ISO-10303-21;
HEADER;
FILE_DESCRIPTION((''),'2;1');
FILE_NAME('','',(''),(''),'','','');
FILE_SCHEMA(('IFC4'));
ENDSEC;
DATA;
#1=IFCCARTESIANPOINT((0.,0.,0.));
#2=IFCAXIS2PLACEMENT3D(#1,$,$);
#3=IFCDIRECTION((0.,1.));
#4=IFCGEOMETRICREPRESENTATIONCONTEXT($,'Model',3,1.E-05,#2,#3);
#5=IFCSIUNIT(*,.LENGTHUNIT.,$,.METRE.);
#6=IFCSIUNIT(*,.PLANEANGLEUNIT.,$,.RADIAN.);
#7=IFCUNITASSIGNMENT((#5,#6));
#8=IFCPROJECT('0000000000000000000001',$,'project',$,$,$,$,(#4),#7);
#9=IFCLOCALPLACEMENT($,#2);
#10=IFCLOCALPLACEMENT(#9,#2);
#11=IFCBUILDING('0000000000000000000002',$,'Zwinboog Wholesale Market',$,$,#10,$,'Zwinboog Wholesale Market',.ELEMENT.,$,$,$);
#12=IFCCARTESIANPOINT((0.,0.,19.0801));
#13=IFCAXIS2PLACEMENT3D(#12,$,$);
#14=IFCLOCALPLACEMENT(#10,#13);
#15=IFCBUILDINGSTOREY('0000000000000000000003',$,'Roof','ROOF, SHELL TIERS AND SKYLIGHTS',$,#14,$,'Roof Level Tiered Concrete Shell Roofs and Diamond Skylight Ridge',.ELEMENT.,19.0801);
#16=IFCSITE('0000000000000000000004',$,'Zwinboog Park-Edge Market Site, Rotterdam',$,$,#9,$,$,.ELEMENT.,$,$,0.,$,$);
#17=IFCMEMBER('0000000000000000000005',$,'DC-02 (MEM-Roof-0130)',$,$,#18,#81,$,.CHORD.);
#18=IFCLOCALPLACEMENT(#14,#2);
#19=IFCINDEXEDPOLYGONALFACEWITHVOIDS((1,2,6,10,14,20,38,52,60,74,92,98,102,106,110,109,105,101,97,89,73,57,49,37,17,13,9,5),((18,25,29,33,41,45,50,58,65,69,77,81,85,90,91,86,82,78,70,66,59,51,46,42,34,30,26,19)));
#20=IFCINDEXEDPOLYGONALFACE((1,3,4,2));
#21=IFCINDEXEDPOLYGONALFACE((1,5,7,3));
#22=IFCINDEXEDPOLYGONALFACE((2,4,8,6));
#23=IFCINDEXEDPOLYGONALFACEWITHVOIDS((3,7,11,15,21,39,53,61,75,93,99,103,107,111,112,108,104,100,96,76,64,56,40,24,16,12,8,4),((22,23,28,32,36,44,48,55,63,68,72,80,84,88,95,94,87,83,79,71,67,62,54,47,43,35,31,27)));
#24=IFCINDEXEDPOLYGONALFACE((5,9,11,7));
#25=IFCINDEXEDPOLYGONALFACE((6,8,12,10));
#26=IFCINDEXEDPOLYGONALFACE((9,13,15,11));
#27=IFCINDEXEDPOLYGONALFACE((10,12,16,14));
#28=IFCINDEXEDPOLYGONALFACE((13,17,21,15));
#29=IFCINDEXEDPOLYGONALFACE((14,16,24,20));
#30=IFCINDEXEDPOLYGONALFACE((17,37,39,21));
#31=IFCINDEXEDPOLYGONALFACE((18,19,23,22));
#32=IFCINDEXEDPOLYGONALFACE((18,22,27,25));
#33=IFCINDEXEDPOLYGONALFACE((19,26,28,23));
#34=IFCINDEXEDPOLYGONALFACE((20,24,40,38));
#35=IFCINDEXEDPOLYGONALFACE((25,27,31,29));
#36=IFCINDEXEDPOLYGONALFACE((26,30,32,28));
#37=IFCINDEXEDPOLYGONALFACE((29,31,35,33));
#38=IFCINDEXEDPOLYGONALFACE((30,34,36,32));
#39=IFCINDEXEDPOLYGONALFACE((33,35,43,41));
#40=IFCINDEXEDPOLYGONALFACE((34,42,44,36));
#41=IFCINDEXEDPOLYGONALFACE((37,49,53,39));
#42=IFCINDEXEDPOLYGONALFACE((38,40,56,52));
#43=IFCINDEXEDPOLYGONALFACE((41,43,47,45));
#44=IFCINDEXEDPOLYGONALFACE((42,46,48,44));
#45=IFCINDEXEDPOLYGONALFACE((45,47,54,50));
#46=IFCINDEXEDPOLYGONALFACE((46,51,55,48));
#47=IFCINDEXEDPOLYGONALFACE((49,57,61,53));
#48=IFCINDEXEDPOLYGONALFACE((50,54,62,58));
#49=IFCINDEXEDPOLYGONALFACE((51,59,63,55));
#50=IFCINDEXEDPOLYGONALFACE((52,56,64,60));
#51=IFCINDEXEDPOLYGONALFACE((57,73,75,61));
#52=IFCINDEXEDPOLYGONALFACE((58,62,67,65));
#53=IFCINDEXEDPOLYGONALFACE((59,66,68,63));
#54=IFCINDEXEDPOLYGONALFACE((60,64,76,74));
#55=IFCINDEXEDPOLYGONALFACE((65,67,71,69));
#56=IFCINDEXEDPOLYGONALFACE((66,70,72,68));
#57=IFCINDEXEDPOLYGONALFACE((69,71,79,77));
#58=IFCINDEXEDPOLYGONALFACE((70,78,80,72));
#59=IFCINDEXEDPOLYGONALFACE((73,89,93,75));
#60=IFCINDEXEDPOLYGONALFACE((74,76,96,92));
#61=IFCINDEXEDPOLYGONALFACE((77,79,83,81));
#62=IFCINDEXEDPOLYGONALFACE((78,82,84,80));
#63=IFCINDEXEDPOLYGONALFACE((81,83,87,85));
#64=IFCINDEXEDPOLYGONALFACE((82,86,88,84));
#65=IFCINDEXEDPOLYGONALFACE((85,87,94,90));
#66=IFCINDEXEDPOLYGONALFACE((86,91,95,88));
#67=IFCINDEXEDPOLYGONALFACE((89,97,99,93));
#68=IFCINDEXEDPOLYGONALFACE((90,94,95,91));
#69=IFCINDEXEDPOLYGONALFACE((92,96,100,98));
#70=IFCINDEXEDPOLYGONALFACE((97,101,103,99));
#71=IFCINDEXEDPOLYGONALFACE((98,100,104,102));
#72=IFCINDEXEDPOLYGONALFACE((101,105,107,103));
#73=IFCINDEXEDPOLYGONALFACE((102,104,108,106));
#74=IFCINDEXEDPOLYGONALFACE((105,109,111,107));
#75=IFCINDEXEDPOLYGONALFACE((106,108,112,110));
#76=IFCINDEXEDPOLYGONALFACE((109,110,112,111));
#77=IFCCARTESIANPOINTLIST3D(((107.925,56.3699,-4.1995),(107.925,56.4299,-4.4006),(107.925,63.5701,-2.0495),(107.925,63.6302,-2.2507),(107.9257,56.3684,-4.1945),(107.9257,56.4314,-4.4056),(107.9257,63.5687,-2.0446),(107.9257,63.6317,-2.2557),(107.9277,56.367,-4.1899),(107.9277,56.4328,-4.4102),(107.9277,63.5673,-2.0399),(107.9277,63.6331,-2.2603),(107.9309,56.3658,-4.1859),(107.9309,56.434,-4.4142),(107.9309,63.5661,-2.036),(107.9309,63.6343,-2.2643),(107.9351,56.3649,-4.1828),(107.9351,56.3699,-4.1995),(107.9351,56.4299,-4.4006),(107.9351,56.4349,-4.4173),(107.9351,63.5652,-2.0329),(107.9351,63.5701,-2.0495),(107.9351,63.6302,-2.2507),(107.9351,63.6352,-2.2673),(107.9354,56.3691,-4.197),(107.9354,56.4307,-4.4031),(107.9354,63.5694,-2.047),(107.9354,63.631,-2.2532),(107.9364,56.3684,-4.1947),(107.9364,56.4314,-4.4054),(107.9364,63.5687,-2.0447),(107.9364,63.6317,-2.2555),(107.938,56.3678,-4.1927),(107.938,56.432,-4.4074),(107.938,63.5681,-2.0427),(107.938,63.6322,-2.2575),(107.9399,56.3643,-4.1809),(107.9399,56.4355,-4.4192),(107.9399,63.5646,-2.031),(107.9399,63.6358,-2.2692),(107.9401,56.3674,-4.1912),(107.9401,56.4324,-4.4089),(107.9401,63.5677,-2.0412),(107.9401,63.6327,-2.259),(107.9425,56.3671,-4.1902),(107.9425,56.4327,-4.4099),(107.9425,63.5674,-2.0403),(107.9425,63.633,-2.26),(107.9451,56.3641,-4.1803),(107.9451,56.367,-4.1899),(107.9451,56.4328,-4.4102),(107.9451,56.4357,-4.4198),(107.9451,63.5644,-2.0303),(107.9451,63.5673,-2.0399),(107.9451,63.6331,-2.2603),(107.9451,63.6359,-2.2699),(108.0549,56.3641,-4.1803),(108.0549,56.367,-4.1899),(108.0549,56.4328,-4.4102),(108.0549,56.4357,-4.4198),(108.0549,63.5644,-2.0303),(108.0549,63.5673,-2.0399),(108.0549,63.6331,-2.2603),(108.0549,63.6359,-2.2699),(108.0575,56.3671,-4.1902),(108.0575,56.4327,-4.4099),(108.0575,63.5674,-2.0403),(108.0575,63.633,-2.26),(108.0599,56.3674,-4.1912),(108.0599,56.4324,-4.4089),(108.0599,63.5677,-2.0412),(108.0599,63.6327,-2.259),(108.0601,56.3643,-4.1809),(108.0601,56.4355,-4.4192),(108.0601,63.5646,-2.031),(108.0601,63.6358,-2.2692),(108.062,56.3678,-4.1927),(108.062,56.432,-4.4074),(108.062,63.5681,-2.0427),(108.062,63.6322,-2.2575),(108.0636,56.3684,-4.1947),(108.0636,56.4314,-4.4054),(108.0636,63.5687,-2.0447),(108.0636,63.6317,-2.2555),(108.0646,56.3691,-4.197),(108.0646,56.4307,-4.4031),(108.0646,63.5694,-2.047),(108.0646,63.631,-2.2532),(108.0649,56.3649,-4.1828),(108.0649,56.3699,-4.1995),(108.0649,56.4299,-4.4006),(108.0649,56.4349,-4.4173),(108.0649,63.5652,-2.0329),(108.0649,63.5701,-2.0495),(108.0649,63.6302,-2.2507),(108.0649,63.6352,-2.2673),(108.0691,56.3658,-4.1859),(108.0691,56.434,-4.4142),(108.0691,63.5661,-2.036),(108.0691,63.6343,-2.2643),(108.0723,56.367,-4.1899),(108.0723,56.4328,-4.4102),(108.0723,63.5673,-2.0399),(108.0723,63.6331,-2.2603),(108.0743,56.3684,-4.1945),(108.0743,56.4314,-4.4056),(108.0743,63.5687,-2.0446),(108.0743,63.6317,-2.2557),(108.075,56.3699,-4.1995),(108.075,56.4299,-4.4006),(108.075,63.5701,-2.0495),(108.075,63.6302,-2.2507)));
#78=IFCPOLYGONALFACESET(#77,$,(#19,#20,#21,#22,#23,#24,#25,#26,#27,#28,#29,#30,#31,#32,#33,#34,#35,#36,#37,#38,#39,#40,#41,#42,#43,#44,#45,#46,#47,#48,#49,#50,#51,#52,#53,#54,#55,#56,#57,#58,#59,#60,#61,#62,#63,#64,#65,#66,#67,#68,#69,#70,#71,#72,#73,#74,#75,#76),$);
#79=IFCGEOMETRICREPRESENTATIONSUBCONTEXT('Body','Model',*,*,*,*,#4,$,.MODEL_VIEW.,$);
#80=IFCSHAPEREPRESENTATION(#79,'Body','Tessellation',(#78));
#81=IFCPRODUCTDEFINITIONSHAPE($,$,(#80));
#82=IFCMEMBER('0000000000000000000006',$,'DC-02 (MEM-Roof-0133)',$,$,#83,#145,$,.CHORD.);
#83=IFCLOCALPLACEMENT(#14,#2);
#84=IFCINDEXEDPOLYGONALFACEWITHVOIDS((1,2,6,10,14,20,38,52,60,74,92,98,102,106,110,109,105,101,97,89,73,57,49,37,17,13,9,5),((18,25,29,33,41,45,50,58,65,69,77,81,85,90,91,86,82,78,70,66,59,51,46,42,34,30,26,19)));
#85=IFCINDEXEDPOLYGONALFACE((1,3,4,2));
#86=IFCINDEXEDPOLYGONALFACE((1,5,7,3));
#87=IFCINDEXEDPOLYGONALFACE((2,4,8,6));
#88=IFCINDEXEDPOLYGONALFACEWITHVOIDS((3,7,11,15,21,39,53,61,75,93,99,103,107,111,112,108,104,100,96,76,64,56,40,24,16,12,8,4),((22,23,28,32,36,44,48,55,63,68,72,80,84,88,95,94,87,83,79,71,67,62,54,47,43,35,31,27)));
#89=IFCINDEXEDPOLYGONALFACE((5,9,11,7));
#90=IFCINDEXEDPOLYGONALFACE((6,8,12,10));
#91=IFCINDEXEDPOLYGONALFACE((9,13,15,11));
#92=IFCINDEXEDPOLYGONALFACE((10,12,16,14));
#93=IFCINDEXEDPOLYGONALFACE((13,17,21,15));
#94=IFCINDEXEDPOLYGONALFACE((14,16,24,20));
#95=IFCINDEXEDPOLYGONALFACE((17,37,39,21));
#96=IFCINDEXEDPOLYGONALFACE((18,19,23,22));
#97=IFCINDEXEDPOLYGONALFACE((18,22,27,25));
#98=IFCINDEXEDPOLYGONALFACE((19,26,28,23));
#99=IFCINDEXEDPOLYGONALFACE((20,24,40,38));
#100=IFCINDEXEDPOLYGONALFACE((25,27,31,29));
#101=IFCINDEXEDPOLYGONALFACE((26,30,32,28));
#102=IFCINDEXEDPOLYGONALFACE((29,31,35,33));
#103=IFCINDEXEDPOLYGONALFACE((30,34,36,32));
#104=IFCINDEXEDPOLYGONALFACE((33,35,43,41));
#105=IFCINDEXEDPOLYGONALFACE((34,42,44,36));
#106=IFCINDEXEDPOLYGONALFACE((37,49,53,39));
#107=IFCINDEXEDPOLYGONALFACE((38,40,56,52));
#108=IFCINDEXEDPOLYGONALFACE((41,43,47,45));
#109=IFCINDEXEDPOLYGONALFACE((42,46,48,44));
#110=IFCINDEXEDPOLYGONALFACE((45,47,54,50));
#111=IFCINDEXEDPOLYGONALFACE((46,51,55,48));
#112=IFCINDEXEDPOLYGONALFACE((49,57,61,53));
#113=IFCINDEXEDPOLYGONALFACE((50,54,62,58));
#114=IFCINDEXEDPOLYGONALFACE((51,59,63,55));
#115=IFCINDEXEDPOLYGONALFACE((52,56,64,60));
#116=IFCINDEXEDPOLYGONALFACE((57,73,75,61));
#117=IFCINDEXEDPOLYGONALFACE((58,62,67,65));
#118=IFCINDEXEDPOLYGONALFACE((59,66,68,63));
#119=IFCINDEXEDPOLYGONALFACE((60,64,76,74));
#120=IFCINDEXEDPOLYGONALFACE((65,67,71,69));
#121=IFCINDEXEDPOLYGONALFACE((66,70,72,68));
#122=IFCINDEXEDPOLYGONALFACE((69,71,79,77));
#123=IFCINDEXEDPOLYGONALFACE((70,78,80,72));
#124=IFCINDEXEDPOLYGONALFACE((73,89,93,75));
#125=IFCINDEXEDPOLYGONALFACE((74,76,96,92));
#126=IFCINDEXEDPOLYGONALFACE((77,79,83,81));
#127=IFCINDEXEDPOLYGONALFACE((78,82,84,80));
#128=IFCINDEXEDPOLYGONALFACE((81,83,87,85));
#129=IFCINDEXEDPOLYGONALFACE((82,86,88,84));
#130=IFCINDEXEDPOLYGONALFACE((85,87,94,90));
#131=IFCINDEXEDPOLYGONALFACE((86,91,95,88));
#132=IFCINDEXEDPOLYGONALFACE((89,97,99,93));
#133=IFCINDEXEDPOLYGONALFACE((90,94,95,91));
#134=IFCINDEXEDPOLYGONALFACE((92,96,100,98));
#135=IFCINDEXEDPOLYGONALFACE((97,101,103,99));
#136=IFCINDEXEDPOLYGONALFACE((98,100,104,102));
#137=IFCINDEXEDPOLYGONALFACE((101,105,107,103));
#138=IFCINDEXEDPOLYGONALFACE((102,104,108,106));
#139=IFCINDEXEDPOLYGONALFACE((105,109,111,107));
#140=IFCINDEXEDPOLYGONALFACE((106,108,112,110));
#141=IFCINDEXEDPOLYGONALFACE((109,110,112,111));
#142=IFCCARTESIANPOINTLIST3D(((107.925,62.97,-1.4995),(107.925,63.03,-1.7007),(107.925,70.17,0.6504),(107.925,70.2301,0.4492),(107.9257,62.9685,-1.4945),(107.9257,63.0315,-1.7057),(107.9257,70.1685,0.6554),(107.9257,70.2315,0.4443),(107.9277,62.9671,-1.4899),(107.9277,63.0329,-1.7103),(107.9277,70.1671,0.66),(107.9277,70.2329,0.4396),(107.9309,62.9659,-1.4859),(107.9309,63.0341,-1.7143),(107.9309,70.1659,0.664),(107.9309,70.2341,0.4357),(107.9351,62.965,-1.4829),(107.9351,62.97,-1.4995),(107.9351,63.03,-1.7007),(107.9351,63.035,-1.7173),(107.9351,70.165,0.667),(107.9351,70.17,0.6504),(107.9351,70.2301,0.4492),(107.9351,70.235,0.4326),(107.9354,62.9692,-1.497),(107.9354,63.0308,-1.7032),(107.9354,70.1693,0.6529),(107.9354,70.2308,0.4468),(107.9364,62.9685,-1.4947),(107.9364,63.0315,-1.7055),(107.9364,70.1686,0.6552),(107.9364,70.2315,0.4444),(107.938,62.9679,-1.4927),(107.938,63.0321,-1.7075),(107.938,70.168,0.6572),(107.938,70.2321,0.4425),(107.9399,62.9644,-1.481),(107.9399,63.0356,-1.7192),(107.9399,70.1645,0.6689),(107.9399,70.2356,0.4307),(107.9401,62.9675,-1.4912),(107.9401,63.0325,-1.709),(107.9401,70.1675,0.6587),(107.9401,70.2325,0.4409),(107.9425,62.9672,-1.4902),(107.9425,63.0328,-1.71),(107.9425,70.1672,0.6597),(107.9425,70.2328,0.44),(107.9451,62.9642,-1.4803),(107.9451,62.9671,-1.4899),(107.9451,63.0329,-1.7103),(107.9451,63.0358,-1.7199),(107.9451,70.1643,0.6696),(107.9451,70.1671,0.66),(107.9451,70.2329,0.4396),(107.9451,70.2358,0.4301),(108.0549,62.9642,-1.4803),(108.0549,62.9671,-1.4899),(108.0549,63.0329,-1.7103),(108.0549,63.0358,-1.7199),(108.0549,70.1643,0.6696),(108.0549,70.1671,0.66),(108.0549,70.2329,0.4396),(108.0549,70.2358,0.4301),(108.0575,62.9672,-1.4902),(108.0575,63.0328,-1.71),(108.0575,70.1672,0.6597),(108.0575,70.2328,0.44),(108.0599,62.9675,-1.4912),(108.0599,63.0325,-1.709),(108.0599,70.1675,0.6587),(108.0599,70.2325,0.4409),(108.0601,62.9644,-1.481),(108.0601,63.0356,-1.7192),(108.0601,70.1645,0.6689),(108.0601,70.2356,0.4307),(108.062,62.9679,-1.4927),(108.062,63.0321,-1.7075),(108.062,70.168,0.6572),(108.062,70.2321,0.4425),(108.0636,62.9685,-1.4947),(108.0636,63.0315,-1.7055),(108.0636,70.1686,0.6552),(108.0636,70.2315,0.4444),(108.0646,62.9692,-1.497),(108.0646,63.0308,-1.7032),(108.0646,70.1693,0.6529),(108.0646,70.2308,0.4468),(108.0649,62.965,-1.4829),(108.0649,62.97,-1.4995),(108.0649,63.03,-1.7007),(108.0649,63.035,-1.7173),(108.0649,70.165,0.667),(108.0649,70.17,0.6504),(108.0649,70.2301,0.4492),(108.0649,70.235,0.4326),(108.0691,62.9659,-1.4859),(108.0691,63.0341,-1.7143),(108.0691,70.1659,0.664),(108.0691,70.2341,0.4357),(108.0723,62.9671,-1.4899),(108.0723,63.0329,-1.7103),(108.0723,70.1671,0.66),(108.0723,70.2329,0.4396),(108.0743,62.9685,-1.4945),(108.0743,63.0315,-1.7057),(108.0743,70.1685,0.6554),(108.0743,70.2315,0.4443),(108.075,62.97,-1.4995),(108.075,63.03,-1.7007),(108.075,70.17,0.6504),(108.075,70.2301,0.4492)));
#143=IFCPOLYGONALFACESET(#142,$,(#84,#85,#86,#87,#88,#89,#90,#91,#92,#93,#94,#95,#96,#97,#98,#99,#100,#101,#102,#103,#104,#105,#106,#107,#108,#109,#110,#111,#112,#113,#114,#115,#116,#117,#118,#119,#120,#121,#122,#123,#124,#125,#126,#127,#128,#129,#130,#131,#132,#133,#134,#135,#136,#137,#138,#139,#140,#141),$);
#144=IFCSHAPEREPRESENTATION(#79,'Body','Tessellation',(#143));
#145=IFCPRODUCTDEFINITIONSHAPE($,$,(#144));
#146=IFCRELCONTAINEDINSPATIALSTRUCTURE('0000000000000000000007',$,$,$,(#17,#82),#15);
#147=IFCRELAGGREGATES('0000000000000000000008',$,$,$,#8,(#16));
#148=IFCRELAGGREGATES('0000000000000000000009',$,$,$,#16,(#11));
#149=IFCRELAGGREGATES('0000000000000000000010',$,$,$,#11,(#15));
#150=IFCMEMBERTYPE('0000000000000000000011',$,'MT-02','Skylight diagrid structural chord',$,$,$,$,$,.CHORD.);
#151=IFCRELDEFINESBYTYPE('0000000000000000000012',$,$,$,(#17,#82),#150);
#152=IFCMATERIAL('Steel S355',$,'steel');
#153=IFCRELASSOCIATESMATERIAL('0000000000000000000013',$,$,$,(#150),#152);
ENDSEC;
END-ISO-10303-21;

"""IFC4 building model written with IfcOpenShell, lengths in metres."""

from ifc_helpers import new_model, si_unit, direction, frame, origin, origin_2d, place, context, subcontext, project, spatial, hollow_rectangle, extrude, material, material_profile, profile_set, type_object, element, save


model = new_model("IFC4")

# Units and contexts
model_context = context("Model", 3, precision=1e-05, world=origin(), true_north=direction((0.0, 1.0)))
body_context = subcontext(model_context, "Body", "Model", "MODEL_VIEW")
ifc_project = project(units=[si_unit("LENGTHUNIT", "METRE"), si_unit("PLANEANGLEUNIT", "RADIAN")], contexts=[model_context])

# Site, building, storey
site_placement = place(None, origin())
site = spatial("IfcSite", under=ifc_project, at=site_placement, Name="Zwinboog Park-Edge Market Site, Rotterdam", CompositionType="ELEMENT", RefElevation=0.0)
building_placement = place(site_placement, origin())
building = spatial("IfcBuilding", under=site, at=building_placement, Name="Zwinboog Wholesale Market", LongName="Zwinboog Wholesale Market", CompositionType="ELEMENT")
storey_placement = place(building_placement, frame((0.0, 0.0, 19.0801)))
storey = spatial("IfcBuildingStorey", under=building, at=storey_placement, Name="Roof", Description="ROOF, SHELL TIERS AND SKYLIGHTS", LongName="Roof Level Tiered Concrete Shell Roofs and Diamond Skylight Ridge", CompositionType="ELEMENT", Elevation=19.0801)

# Members
ifc_material_1 = material(Name="Steel S355", Category="steel")
ifc_material_profile_1 = material_profile(ifc_material_1, hollow_rectangle(XDim=0.1499, YDim=0.25, WallThickness=0.01, InnerFilletRadius=0.01, OuterFilletRadius=0.02, at=origin_2d()), Name="RHS 250x150x10")
ifc_profile_set_1 = profile_set([ifc_material_profile_1], Name="Steel S355")
member_type_1 = type_object("IfcMemberType", Name="MT-02", Description="Skylight diagrid structural chord", PredefinedType="CHORD", material=ifc_profile_set_1)
member_1_placement = place(storey_placement, frame((108.0, 56.3999, -4.3), z_axis=(0.0, 0.958197, 0.286108), x_axis=(-1.0, 0.0, 0.0)))
element("IfcMember", 1, at=member_1_placement, inside=storey, type_object=member_type_1, Name="DC-02 (MEM-Roof-0130)", PredefinedType="CHORD", context=body_context, shape_type="SweptSolid", body=[
    extrude(hollow_rectangle(XDim=0.1499, YDim=0.25, WallThickness=0.01, InnerFilletRadius=0.01, OuterFilletRadius=0.02, at=origin_2d()), origin(), (0.0, 0.0, 1.0), 7.5144),
])
member_2_placement = place(storey_placement, frame((108.0, 63.0, -1.6001), z_axis=(0.0, 0.958195, 0.286117), x_axis=(-1.0, 0.0, 0.0)))
element("IfcMember", 2, at=member_2_placement, inside=storey, type_object=member_type_1, Name="DC-02 (MEM-Roof-0133)", PredefinedType="CHORD", context=body_context, shape_type="SweptSolid", body=[
    extrude(hollow_rectangle(XDim=0.1499, YDim=0.25, WallThickness=0.01, InnerFilletRadius=0.01, OuterFilletRadius=0.02, at=origin_2d()), origin(), (0.0, 0.0, 1.0), 7.5142),
])

save(model, "model.ifc")
